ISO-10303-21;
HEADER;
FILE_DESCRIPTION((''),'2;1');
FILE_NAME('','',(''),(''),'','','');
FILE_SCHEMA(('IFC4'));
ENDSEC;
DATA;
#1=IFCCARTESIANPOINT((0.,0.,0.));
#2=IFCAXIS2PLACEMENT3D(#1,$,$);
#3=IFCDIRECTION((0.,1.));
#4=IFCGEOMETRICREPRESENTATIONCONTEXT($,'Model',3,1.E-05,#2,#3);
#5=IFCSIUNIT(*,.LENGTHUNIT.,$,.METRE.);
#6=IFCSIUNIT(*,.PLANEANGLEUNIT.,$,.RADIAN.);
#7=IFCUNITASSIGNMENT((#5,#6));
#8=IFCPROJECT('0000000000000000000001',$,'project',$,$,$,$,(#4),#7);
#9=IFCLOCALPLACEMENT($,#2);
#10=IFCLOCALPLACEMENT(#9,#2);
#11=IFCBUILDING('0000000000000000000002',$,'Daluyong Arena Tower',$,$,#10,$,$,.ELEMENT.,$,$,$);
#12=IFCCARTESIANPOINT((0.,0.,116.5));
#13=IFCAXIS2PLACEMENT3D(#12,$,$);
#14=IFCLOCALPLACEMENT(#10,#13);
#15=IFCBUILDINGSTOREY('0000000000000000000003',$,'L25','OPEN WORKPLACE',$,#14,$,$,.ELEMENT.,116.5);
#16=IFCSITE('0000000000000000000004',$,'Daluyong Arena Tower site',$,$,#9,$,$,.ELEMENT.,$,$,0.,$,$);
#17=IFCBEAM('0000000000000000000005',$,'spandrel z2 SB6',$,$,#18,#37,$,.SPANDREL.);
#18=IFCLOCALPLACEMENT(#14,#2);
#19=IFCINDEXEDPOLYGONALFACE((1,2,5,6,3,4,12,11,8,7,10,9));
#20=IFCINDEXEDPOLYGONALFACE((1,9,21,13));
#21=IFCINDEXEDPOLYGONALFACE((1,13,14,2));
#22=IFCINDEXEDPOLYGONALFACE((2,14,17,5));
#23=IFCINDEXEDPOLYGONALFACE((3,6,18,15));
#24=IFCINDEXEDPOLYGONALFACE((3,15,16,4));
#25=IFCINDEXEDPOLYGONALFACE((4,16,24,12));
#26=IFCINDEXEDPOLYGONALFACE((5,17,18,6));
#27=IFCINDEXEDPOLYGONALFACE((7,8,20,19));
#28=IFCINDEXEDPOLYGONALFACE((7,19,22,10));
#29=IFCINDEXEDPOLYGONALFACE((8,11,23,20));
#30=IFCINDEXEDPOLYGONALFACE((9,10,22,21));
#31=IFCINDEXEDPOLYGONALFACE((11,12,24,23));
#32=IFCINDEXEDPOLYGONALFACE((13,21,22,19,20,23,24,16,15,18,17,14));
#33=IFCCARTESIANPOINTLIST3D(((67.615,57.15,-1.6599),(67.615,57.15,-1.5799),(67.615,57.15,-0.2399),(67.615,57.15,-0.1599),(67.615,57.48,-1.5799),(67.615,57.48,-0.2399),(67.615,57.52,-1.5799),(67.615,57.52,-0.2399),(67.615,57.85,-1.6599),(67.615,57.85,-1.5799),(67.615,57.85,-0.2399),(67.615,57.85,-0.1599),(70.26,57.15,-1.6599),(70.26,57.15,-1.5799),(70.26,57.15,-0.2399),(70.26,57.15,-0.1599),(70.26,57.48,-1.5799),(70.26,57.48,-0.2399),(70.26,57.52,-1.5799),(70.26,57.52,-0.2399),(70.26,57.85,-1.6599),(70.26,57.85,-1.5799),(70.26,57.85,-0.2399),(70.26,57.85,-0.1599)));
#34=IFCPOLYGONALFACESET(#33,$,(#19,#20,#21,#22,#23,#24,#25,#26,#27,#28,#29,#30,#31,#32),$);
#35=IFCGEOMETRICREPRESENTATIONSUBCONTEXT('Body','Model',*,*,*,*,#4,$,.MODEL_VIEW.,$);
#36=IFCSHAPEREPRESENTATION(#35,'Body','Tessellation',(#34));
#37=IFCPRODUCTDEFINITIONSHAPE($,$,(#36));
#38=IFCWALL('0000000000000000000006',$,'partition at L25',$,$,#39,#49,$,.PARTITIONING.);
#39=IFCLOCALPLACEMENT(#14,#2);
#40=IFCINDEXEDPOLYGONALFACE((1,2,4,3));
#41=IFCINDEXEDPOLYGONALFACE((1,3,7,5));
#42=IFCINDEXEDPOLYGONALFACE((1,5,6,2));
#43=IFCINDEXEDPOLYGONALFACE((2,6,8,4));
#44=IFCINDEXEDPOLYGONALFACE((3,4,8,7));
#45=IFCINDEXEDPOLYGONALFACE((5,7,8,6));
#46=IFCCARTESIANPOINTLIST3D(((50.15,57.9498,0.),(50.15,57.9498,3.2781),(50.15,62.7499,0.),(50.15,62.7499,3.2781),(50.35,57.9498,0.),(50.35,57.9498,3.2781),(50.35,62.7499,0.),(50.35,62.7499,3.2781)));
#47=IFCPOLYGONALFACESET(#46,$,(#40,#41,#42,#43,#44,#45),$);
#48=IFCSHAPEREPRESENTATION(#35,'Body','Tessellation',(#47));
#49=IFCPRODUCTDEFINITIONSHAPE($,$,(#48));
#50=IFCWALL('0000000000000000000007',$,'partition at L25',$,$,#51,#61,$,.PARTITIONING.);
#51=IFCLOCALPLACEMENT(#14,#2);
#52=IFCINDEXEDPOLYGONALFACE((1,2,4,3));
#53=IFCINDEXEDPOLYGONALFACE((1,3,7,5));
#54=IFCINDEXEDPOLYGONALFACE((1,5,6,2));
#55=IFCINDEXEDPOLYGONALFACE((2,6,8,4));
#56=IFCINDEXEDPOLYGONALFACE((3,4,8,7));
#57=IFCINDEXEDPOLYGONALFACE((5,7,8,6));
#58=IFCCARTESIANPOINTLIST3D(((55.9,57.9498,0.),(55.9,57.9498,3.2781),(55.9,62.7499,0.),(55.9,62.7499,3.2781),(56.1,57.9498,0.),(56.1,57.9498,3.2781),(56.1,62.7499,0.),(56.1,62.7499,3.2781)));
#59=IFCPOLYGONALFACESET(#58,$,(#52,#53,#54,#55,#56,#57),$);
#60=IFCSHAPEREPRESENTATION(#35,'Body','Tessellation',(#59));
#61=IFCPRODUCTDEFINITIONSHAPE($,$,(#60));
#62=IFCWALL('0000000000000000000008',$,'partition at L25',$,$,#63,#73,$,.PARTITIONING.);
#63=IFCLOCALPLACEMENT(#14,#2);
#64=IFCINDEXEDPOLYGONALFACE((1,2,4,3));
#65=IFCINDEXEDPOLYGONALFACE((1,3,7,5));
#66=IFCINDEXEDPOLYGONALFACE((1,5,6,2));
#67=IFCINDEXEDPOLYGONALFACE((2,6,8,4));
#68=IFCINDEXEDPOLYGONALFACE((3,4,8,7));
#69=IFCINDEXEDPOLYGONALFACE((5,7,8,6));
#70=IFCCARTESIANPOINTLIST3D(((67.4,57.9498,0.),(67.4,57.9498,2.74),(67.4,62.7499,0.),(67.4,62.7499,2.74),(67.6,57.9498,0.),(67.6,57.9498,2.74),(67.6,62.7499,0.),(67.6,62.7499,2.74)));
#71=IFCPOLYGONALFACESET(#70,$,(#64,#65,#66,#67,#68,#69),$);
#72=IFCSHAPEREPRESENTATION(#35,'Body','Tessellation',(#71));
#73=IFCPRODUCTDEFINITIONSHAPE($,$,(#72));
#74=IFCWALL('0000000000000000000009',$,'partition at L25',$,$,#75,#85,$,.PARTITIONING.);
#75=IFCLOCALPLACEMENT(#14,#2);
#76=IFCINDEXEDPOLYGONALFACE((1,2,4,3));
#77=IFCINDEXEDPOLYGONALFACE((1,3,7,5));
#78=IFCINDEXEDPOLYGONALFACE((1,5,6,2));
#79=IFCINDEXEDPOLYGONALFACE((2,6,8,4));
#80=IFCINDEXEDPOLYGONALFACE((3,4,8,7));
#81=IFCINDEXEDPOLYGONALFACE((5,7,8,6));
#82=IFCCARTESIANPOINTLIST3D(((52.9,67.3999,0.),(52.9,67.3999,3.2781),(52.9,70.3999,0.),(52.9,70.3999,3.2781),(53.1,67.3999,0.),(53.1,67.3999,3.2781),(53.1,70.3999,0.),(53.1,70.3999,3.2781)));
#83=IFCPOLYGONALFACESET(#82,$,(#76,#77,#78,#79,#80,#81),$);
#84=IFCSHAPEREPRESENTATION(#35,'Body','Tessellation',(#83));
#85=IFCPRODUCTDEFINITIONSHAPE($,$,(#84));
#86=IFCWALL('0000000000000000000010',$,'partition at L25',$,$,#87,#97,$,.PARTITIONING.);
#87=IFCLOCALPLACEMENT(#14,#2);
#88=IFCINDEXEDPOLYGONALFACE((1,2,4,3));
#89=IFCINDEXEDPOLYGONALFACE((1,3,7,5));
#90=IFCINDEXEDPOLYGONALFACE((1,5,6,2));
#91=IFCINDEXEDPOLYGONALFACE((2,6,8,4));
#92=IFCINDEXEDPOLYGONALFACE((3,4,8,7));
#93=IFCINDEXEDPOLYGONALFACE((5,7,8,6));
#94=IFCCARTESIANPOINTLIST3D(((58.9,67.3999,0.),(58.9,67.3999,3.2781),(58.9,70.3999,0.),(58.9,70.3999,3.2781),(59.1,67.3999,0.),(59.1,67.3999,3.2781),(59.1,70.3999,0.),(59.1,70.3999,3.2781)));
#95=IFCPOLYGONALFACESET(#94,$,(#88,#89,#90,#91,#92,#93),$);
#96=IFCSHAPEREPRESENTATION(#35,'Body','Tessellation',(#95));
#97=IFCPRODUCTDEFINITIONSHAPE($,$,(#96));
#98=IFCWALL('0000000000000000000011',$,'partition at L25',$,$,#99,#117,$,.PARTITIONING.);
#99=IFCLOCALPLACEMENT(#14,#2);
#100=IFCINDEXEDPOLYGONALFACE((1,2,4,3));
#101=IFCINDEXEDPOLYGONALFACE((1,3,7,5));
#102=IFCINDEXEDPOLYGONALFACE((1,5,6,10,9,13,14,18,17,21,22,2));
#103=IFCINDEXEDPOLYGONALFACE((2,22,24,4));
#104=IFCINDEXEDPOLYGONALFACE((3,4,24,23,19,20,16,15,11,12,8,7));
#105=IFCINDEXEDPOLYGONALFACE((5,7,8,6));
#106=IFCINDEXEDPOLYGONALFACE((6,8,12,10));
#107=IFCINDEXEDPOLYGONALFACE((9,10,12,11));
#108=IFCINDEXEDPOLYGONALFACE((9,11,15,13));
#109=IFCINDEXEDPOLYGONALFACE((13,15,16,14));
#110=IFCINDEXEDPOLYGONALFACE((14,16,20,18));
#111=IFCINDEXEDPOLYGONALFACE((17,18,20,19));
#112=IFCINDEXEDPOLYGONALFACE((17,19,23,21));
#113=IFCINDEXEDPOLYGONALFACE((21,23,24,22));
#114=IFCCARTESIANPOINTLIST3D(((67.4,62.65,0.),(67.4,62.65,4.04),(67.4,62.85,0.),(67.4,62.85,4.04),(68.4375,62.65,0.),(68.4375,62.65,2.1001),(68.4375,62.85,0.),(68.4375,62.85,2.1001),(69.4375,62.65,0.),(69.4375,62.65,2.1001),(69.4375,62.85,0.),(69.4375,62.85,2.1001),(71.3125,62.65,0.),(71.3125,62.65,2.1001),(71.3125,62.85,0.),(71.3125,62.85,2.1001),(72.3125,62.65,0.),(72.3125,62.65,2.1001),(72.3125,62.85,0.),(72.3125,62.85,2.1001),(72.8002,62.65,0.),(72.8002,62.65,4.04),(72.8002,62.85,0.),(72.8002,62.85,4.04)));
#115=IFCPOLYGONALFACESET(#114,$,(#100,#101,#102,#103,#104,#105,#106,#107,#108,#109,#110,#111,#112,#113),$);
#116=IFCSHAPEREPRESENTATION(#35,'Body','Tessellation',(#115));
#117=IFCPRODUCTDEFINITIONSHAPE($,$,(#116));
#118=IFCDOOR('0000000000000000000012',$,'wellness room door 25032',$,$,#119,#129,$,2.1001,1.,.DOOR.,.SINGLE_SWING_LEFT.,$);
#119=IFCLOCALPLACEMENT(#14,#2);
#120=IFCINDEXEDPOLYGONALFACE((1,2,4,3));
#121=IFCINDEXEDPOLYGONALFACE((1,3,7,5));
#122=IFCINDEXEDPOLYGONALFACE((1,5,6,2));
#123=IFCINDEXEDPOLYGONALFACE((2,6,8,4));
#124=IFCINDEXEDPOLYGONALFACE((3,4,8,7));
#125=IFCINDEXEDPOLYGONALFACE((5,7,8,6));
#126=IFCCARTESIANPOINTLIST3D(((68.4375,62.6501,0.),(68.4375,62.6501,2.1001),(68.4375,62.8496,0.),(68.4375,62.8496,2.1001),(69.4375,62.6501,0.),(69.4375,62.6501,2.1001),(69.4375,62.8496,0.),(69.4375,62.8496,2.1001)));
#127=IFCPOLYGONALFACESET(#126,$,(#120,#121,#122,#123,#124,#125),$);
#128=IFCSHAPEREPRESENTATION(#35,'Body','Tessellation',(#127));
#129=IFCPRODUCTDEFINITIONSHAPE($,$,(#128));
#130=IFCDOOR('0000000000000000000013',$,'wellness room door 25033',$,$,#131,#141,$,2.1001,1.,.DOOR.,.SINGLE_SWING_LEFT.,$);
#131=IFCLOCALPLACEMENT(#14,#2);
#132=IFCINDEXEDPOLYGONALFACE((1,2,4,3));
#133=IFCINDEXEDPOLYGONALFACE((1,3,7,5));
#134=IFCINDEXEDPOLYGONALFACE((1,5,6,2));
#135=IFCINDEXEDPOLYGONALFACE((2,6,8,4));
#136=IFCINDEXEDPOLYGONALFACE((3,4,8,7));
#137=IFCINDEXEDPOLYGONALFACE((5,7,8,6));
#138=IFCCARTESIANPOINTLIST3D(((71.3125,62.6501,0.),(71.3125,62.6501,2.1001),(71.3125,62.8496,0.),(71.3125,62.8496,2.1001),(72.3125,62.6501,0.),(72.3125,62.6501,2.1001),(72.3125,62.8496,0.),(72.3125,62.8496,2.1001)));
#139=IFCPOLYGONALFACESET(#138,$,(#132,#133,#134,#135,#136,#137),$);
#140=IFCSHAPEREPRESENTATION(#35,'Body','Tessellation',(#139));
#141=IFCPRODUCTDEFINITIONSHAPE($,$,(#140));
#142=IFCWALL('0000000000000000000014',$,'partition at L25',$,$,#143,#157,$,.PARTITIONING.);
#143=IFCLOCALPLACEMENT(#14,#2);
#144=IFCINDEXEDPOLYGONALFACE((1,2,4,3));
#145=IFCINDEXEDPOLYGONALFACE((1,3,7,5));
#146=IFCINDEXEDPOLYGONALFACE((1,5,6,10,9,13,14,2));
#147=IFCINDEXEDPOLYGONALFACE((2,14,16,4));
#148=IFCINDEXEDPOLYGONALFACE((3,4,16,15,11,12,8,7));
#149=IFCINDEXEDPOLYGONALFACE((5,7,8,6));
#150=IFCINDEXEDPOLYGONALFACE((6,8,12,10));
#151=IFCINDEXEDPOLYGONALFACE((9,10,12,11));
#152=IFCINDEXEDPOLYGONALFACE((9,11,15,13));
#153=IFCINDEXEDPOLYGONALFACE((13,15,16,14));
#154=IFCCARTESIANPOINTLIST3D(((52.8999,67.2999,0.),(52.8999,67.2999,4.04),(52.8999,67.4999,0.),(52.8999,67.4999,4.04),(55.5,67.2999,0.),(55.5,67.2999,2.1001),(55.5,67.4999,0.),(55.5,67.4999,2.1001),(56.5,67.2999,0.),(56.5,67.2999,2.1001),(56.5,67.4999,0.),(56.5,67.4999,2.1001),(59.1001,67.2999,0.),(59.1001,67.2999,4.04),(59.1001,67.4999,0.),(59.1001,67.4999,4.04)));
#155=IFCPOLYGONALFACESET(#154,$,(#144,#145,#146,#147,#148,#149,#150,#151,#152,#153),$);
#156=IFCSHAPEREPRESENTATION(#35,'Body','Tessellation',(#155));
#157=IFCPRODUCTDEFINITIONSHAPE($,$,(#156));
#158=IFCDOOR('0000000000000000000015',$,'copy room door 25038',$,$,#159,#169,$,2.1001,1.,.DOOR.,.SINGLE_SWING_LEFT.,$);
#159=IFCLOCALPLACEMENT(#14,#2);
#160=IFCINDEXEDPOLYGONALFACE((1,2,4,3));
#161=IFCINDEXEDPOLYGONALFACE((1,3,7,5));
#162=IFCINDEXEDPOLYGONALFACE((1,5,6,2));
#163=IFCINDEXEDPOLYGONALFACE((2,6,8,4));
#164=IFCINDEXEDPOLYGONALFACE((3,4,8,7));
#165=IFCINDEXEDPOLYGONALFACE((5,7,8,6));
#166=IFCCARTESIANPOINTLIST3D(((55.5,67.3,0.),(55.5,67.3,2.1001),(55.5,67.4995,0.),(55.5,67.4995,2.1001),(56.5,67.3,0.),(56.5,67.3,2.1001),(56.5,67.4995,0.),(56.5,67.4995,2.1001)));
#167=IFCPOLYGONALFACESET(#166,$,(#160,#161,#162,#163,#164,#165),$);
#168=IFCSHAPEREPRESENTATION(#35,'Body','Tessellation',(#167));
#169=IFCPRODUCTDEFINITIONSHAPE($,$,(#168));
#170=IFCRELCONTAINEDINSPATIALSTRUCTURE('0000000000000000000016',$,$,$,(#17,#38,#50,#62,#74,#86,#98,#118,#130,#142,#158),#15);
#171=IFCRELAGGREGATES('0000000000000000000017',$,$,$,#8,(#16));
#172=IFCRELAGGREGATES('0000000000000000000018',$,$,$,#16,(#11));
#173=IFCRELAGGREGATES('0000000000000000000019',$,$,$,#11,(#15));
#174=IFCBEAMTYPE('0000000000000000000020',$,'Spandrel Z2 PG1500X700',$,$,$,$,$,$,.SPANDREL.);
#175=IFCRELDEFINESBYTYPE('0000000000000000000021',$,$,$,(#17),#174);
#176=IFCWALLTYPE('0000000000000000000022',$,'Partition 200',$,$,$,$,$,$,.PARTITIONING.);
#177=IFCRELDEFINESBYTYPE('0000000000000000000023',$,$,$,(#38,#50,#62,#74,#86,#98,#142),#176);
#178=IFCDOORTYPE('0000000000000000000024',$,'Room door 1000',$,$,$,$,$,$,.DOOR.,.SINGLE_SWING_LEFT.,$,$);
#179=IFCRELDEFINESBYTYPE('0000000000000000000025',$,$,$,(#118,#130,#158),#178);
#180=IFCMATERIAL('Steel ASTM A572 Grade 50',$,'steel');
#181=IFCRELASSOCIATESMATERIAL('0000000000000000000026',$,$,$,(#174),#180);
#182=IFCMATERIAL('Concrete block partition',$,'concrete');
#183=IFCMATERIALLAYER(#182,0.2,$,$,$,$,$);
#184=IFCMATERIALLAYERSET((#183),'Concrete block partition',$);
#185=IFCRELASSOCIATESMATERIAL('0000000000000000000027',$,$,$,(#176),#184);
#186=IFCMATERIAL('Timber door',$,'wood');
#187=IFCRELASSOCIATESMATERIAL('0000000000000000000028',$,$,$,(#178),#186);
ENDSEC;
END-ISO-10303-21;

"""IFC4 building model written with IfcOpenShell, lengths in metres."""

from ifc_helpers import new_model, si_unit, direction, frame, frame_2d, origin, origin_2d, place, context, subcontext, project, spatial, rectangle, i_section, extrude, material, layer, layer_set, material_profile, profile_set, type_object, element, fill, save


model = new_model("IFC4")

# Units and contexts
model_context = context("Model", 3, precision=1e-05, world=origin(), true_north=direction((0.0, 1.0)))
body_context = subcontext(model_context, "Body", "Model", "MODEL_VIEW")
ifc_project = project(units=[si_unit("LENGTHUNIT", "METRE"), si_unit("PLANEANGLEUNIT", "RADIAN")], contexts=[model_context])

# Site, building, storey
site_placement = place(None, origin())
site = spatial("IfcSite", under=ifc_project, at=site_placement, Name="Daluyong Arena Tower site", CompositionType="ELEMENT", RefElevation=0.0)
building_placement = place(site_placement, origin())
building = spatial("IfcBuilding", under=site, at=building_placement, Name="Daluyong Arena Tower", CompositionType="ELEMENT")
storey_placement = place(building_placement, frame((0.0, 0.0, 116.5)))
storey = spatial("IfcBuildingStorey", under=building, at=storey_placement, Name="L25", Description="OPEN WORKPLACE", CompositionType="ELEMENT", Elevation=116.5)

# Beam
ifc_material_1 = material(Name="Steel ASTM A572 Grade 50", Category="steel")
ifc_material_profile_1 = material_profile(ifc_material_1, i_section(OverallWidth=0.7, OverallDepth=1.5, WebThickness=0.04, FlangeThickness=0.08, at=origin_2d()))
ifc_profile_set_1 = profile_set([ifc_material_profile_1], Name="Steel ASTM A572 Grade 50")
beam_type_1 = type_object("IfcBeamType", Name="Spandrel Z2 PG1500X700", PredefinedType="SPANDREL", material=ifc_profile_set_1)
for number, where, z_axis, x_axis, name in (
    (1, (67.615, 57.5, -0.9099), (1.0, 0.0, 0.0), (0.0, 1.0, 0.0), "spandrel z2 SB6"),
):
    element("IfcBeam", number, at=place(storey_placement, frame(where, z_axis=z_axis, x_axis=x_axis)), inside=storey, type_object=beam_type_1, Name=name, PredefinedType="SPANDREL", context=body_context, shape_type="SweptSolid", body=[
        extrude(i_section(OverallWidth=0.7, OverallDepth=1.5, WebThickness=0.04, FlangeThickness=0.08, at=origin_2d()), origin(), (0.0, 0.0, 1.0), 2.645),
    ])

# Walls
ifc_material_2 = material(Name="Concrete block partition", Category="concrete")
ifc_layer = layer(ifc_material_2, 0.2)
ifc_layer_set = layer_set([ifc_layer], Name="Concrete block partition")
wall_type = type_object("IfcWallType", Name="Partition 200", PredefinedType="PARTITIONING", material=ifc_layer_set)
for number, where, z_axis, x_axis, name in (
    (2, (50.25, 57.95, 0.0), (0.0, 0.0, 1.0), (0.0, 1.0, 0.0), "partition at L25"),
    (3, (56.0, 57.95, 0.0), (0.0, 0.0, 1.0), (0.0, 1.0, 0.0), "partition at L25"),
):
    element("IfcWall", number, at=place(storey_placement, frame(where, z_axis=z_axis, x_axis=x_axis)), inside=storey, type_object=wall_type, Name=name, PredefinedType="PARTITIONING", context=body_context, shape_type="SweptSolid", body=[
        extrude(rectangle(XDim=4.8, YDim=0.2, at=frame_2d((2.3999, 0.0))), origin(), (0.0, 0.0, 1.0), 3.2781),
    ])
wall_1_placement = place(storey_placement, frame((67.5, 57.95, 0.0), z_axis=(0.0, 0.0, 1.0), x_axis=(0.0, 1.0, 0.0)))
element("IfcWall", 4, at=wall_1_placement, inside=storey, type_object=wall_type, Name="partition at L25", PredefinedType="PARTITIONING", context=body_context, shape_type="SweptSolid", body=[
    extrude(rectangle(XDim=4.8, YDim=0.2, at=frame_2d((2.3999, 0.0))), origin(), (0.0, 0.0, 1.0), 2.74),
])
for number, where, z_axis, x_axis, name in (
    (5, (53.0, 67.3999, 0.0), (0.0, 0.0, 1.0), (0.0, 1.0, 0.0), "partition at L25"),
    (6, (59.0, 67.3999, 0.0), (0.0, 0.0, 1.0), (0.0, 1.0, 0.0), "partition at L25"),
):
    element("IfcWall", number, at=place(storey_placement, frame(where, z_axis=z_axis, x_axis=x_axis)), inside=storey, type_object=wall_type, Name=name, PredefinedType="PARTITIONING", context=body_context, shape_type="SweptSolid", body=[
        extrude(rectangle(XDim=3.0, YDim=0.2, at=frame_2d((1.5, 0.0))), origin(), (0.0, 0.0, 1.0), 3.2781),
    ])

# Wall, openings, doors
wall_2_placement = place(storey_placement, frame((67.3999, 62.75, 0.0), z_axis=(0.0, 0.0, 1.0), x_axis=(1.0, 0.0, 0.0)))
wall_2 = element("IfcWall", 7, at=wall_2_placement, inside=storey, type_object=wall_type, Name="partition at L25", PredefinedType="PARTITIONING", context=body_context, shape_type="SweptSolid", body=[
    extrude(rectangle(XDim=5.4001, YDim=0.2, at=frame_2d((2.7002, 0.0))), origin(), (0.0, 0.0, 1.0), 4.04),
])
opening_1_placement = place(wall_2_placement, frame((1.0376, 0.0, 0.0)))
opening_1 = element("IfcOpeningElement", 8, at=opening_1_placement, cuts=wall_2, PredefinedType="OPENING", context=body_context, shape_type="SweptSolid", body=[
    extrude(rectangle(XDim=1.0, YDim=2.1001, at=frame_2d((0.5, 1.05))), frame((0.0, 0.1099, 0.0), z_axis=(0.0, -1.0, 0.0), x_axis=(1.0, 0.0, 0.0)), (0.0, 0.0, 1.0), 0.22),
])
opening_2_placement = place(wall_2_placement, frame((3.9126, 0.0, 0.0)))
opening_2 = element("IfcOpeningElement", 9, at=opening_2_placement, cuts=wall_2, PredefinedType="OPENING", context=body_context, shape_type="SweptSolid", body=[
    extrude(rectangle(XDim=1.0, YDim=2.1001, at=frame_2d((0.5, 1.05))), frame((0.0, 0.1099, 0.0), z_axis=(0.0, -1.0, 0.0), x_axis=(1.0, 0.0, 0.0)), (0.0, 0.0, 1.0), 0.22),
])
ifc_material_3 = material(Name="Timber door", Category="wood")
door_type = type_object("IfcDoorType", Name="Room door 1000", OperationType="SINGLE_SWING_LEFT", PredefinedType="DOOR", material=ifc_material_3)
door_1_placement = place(opening_1_placement, origin())
door_1 = element("IfcDoor", 10, at=door_1_placement, inside=storey, type_object=door_type, Name="wellness room door 25032", OperationType="SINGLE_SWING_LEFT", OverallHeight=2.1001, OverallWidth=1.0, PredefinedType="DOOR", context=body_context, shape_type="SweptSolid", body=[
    extrude(rectangle(XDim=1.0, YDim=2.1001, at=frame_2d((0.5, 1.05))), frame((0.0, 0.0996, 0.0), z_axis=(0.0, -1.0, 0.0), x_axis=(1.0, 0.0, 0.0)), (0.0, 0.0, 1.0), 0.1995),
])
fill(opening_1, door_1)
door_2_placement = place(opening_2_placement, origin())
door_2 = element("IfcDoor", 11, at=door_2_placement, inside=storey, type_object=door_type, Name="wellness room door 25033", OperationType="SINGLE_SWING_LEFT", OverallHeight=2.1001, OverallWidth=1.0, PredefinedType="DOOR", context=body_context, shape_type="SweptSolid", body=[
    extrude(rectangle(XDim=1.0, YDim=2.1001, at=frame_2d((0.5, 1.05))), frame((0.0, 0.0996, 0.0), z_axis=(0.0, -1.0, 0.0), x_axis=(1.0, 0.0, 0.0)), (0.0, 0.0, 1.0), 0.1995),
])
fill(opening_2, door_2)

# Wall, opening, door
wall_3_placement = place(storey_placement, frame((52.8999, 67.3999, 0.0), z_axis=(0.0, 0.0, 1.0), x_axis=(1.0, 0.0, 0.0)))
wall_3 = element("IfcWall", 12, at=wall_3_placement, inside=storey, type_object=wall_type, Name="partition at L25", PredefinedType="PARTITIONING", context=body_context, shape_type="SweptSolid", body=[
    extrude(rectangle(XDim=6.2002, YDim=0.2, at=frame_2d((3.1001, 0.0))), origin(), (0.0, 0.0, 1.0), 4.04),
])
opening_3_placement = place(wall_3_placement, frame((2.6001, 0.0, 0.0)))
opening_3 = element("IfcOpeningElement", 13, at=opening_3_placement, cuts=wall_3, PredefinedType="OPENING", context=body_context, shape_type="SweptSolid", body=[
    extrude(rectangle(XDim=1.0, YDim=2.1001, at=frame_2d((0.5, 1.05))), frame((0.0, 0.1099, 0.0), z_axis=(0.0, -1.0, 0.0), x_axis=(1.0, 0.0, 0.0)), (0.0, 0.0, 1.0), 0.22),
])
door_3_placement = place(opening_3_placement, origin())
door_3 = element("IfcDoor", 14, at=door_3_placement, inside=storey, type_object=door_type, Name="copy room door 25038", OperationType="SINGLE_SWING_LEFT", OverallHeight=2.1001, OverallWidth=1.0, PredefinedType="DOOR", context=body_context, shape_type="SweptSolid", body=[
    extrude(rectangle(XDim=1.0, YDim=2.1001, at=frame_2d((0.5, 1.05))), frame((0.0, 0.0996, 0.0), z_axis=(0.0, -1.0, 0.0), x_axis=(1.0, 0.0, 0.0)), (0.0, 0.0, 1.0), 0.1995),
])
fill(opening_3, door_3)

save(model, "model.ifc")
